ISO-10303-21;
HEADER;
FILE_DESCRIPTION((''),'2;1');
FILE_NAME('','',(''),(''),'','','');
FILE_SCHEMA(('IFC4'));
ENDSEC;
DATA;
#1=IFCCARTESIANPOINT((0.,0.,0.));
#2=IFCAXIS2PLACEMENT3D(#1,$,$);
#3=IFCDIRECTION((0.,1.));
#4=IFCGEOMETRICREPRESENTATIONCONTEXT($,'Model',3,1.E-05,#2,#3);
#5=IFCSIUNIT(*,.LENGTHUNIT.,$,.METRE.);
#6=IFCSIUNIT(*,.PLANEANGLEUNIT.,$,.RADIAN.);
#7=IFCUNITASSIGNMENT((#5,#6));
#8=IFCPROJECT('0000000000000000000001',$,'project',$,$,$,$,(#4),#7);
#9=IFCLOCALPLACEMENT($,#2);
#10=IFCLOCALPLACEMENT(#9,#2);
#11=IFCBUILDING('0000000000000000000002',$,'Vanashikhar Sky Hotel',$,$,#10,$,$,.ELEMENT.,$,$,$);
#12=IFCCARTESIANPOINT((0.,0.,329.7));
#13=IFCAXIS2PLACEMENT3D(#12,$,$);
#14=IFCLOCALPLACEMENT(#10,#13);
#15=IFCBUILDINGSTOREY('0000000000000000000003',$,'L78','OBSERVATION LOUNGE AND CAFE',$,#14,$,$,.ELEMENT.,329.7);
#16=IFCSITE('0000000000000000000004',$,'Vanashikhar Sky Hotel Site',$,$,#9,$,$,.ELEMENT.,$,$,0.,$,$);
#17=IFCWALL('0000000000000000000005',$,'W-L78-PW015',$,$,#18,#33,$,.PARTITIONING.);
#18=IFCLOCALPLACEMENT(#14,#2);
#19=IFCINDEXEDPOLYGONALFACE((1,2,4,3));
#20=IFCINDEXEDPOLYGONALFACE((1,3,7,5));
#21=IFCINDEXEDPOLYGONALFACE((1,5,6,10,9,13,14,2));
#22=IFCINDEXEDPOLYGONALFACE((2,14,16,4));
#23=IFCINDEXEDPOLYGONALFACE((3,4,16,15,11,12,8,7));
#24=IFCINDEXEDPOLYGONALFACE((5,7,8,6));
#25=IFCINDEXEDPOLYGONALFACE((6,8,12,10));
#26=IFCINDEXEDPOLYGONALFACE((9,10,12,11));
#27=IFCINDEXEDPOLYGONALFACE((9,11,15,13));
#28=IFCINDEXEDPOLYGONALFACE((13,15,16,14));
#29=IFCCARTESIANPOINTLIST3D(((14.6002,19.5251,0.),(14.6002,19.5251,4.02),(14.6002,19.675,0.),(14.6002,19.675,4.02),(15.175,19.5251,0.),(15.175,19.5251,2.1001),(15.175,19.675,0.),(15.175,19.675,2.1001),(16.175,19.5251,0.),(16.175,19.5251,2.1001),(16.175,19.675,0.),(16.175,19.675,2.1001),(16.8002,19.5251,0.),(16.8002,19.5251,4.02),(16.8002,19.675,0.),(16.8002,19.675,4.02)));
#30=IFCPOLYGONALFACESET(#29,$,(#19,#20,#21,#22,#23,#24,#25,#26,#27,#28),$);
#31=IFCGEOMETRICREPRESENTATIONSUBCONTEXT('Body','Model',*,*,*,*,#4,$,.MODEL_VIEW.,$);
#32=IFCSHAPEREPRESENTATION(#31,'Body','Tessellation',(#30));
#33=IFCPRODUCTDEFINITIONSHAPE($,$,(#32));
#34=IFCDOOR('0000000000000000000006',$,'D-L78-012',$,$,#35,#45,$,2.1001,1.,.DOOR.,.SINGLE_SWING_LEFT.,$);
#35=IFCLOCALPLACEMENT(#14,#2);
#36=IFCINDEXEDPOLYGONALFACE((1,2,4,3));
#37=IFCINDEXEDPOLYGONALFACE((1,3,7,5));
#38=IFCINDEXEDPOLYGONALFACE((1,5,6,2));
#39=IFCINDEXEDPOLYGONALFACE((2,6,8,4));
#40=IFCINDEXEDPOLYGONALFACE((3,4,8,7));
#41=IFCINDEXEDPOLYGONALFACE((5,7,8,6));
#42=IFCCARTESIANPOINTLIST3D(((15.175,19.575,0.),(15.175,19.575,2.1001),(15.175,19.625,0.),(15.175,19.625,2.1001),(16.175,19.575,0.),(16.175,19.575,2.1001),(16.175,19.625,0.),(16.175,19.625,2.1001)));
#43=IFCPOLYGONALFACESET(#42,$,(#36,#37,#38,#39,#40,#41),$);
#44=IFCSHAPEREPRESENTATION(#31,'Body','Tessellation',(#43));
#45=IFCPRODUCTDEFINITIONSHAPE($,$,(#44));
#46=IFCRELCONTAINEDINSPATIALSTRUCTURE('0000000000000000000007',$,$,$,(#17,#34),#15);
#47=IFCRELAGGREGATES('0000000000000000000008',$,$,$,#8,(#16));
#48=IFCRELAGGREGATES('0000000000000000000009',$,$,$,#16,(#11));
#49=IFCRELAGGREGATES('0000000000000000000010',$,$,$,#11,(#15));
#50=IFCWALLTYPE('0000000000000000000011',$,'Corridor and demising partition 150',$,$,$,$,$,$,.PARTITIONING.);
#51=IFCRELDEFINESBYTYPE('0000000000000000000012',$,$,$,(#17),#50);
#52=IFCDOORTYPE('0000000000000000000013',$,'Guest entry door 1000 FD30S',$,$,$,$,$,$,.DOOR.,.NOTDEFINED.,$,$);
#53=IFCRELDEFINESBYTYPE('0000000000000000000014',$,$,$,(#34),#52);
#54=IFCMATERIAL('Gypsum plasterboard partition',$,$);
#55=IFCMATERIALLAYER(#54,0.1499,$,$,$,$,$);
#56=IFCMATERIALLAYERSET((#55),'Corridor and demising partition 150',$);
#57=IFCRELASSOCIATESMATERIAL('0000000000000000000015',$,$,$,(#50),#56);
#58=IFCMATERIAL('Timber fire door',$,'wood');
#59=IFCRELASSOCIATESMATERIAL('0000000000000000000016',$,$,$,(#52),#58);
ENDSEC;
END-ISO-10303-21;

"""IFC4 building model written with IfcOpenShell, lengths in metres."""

from ifc_helpers import new_model, si_unit, direction, frame, frame_2d, origin, place, context, subcontext, project, spatial, rectangle, extrude, source, transform, mapped, material, layer, layer_set, type_object, element, fill, save


model = new_model("IFC4")

# Units and contexts
model_context = context("Model", 3, precision=1e-05, world=origin(), true_north=direction((0.0, 1.0)))
body_context = subcontext(model_context, "Body", "Model", "MODEL_VIEW")
ifc_project = project(units=[si_unit("LENGTHUNIT", "METRE"), si_unit("PLANEANGLEUNIT", "RADIAN")], contexts=[model_context])

# Site, building, storey
site_placement = place(None, origin())
site = spatial("IfcSite", under=ifc_project, at=site_placement, Name="Vanashikhar Sky Hotel Site", CompositionType="ELEMENT", RefElevation=0.0)
building_placement = place(site_placement, origin())
building = spatial("IfcBuilding", under=site, at=building_placement, Name="Vanashikhar Sky Hotel", CompositionType="ELEMENT")
storey_placement = place(building_placement, frame((0.0, 0.0, 329.7)))
storey = spatial("IfcBuildingStorey", under=building, at=storey_placement, Name="L78", Description="OBSERVATION LOUNGE AND CAFE", CompositionType="ELEMENT", Elevation=329.7)

# Wall, opening, door
ifc_material_1 = material(Name="Gypsum plasterboard partition")
ifc_layer_1 = layer(ifc_material_1, 0.1499)
ifc_layer_set_1 = layer_set([ifc_layer_1], Name="Corridor and demising partition 150")
wall_type_1 = type_object("IfcWallType", Name="Corridor and demising partition 150", PredefinedType="PARTITIONING", material=ifc_layer_set_1)
ifc_material_2 = material(Name="Timber fire door", Category="wood")
shared_shape_1 = source(origin(), body_context, "Body", "SweptSolid", [
    extrude(rectangle(XDim=2.2, YDim=0.1499, at=frame_2d((1.1001, 0.0))), origin(), (0.0, 0.0, 1.0), 4.02),
])
wall_1_placement = place(storey_placement, frame((14.6001, 19.6001, 0.0), z_axis=(0.0, 0.0, 1.0), x_axis=(1.0, 0.0, 0.0)))
wall_1 = element("IfcWall", 1, at=wall_1_placement, inside=storey, type_object=wall_type_1, Name="W-L78-PW015", PredefinedType="PARTITIONING", context=body_context, shape_type="MappedRepresentation", body=[
    mapped(shared_shape_1, transform((0.0, 0.0, 0.0), scale=1.0)),
])
shared_shape_2 = source(origin(), body_context, "Body", "SweptSolid", [
    extrude(rectangle(XDim=1.0, YDim=2.1001, at=frame_2d((0.5, 1.05))), frame((0.0, 0.085, 0.0), z_axis=(0.0, -1.0, 0.0), x_axis=(1.0, 0.0, 0.0)), (0.0, 0.0, 1.0), 0.1699),
])
opening_1_placement = place(wall_1_placement, frame((0.575, 0.0, 0.0)))
opening_1 = element("IfcOpeningElement", 2, at=opening_1_placement, cuts=wall_1, PredefinedType="OPENING", context=body_context, shape_type="MappedRepresentation", body=[
    mapped(shared_shape_2, transform((0.0, 0.0, 0.0), scale=1.0)),
])
door_type_1 = type_object("IfcDoorType", Name="Guest entry door 1000 FD30S", OperationType="NOTDEFINED", PredefinedType="DOOR", material=ifc_material_2)
shared_shape_3 = source(origin(), body_context, "Body", "SweptSolid", [
    extrude(rectangle(XDim=1.0, YDim=2.1001, at=frame_2d((0.5, 1.05))), frame((0.0, 0.0249, 0.0), z_axis=(0.0, -1.0, 0.0), x_axis=(1.0, 0.0, 0.0)), (0.0, 0.0, 1.0), 0.05),
])
door_1_placement = place(opening_1_placement, origin())
door_1 = element("IfcDoor", 3, at=door_1_placement, inside=storey, type_object=door_type_1, Name="D-L78-012", OperationType="SINGLE_SWING_LEFT", OverallHeight=2.1001, OverallWidth=1.0, PredefinedType="DOOR", context=body_context, shape_type="MappedRepresentation", body=[
    mapped(shared_shape_3, transform((0.0, 0.0, 0.0), scale=1.0)),
])
fill(opening_1, door_1)

save(model, "model.ifc")
